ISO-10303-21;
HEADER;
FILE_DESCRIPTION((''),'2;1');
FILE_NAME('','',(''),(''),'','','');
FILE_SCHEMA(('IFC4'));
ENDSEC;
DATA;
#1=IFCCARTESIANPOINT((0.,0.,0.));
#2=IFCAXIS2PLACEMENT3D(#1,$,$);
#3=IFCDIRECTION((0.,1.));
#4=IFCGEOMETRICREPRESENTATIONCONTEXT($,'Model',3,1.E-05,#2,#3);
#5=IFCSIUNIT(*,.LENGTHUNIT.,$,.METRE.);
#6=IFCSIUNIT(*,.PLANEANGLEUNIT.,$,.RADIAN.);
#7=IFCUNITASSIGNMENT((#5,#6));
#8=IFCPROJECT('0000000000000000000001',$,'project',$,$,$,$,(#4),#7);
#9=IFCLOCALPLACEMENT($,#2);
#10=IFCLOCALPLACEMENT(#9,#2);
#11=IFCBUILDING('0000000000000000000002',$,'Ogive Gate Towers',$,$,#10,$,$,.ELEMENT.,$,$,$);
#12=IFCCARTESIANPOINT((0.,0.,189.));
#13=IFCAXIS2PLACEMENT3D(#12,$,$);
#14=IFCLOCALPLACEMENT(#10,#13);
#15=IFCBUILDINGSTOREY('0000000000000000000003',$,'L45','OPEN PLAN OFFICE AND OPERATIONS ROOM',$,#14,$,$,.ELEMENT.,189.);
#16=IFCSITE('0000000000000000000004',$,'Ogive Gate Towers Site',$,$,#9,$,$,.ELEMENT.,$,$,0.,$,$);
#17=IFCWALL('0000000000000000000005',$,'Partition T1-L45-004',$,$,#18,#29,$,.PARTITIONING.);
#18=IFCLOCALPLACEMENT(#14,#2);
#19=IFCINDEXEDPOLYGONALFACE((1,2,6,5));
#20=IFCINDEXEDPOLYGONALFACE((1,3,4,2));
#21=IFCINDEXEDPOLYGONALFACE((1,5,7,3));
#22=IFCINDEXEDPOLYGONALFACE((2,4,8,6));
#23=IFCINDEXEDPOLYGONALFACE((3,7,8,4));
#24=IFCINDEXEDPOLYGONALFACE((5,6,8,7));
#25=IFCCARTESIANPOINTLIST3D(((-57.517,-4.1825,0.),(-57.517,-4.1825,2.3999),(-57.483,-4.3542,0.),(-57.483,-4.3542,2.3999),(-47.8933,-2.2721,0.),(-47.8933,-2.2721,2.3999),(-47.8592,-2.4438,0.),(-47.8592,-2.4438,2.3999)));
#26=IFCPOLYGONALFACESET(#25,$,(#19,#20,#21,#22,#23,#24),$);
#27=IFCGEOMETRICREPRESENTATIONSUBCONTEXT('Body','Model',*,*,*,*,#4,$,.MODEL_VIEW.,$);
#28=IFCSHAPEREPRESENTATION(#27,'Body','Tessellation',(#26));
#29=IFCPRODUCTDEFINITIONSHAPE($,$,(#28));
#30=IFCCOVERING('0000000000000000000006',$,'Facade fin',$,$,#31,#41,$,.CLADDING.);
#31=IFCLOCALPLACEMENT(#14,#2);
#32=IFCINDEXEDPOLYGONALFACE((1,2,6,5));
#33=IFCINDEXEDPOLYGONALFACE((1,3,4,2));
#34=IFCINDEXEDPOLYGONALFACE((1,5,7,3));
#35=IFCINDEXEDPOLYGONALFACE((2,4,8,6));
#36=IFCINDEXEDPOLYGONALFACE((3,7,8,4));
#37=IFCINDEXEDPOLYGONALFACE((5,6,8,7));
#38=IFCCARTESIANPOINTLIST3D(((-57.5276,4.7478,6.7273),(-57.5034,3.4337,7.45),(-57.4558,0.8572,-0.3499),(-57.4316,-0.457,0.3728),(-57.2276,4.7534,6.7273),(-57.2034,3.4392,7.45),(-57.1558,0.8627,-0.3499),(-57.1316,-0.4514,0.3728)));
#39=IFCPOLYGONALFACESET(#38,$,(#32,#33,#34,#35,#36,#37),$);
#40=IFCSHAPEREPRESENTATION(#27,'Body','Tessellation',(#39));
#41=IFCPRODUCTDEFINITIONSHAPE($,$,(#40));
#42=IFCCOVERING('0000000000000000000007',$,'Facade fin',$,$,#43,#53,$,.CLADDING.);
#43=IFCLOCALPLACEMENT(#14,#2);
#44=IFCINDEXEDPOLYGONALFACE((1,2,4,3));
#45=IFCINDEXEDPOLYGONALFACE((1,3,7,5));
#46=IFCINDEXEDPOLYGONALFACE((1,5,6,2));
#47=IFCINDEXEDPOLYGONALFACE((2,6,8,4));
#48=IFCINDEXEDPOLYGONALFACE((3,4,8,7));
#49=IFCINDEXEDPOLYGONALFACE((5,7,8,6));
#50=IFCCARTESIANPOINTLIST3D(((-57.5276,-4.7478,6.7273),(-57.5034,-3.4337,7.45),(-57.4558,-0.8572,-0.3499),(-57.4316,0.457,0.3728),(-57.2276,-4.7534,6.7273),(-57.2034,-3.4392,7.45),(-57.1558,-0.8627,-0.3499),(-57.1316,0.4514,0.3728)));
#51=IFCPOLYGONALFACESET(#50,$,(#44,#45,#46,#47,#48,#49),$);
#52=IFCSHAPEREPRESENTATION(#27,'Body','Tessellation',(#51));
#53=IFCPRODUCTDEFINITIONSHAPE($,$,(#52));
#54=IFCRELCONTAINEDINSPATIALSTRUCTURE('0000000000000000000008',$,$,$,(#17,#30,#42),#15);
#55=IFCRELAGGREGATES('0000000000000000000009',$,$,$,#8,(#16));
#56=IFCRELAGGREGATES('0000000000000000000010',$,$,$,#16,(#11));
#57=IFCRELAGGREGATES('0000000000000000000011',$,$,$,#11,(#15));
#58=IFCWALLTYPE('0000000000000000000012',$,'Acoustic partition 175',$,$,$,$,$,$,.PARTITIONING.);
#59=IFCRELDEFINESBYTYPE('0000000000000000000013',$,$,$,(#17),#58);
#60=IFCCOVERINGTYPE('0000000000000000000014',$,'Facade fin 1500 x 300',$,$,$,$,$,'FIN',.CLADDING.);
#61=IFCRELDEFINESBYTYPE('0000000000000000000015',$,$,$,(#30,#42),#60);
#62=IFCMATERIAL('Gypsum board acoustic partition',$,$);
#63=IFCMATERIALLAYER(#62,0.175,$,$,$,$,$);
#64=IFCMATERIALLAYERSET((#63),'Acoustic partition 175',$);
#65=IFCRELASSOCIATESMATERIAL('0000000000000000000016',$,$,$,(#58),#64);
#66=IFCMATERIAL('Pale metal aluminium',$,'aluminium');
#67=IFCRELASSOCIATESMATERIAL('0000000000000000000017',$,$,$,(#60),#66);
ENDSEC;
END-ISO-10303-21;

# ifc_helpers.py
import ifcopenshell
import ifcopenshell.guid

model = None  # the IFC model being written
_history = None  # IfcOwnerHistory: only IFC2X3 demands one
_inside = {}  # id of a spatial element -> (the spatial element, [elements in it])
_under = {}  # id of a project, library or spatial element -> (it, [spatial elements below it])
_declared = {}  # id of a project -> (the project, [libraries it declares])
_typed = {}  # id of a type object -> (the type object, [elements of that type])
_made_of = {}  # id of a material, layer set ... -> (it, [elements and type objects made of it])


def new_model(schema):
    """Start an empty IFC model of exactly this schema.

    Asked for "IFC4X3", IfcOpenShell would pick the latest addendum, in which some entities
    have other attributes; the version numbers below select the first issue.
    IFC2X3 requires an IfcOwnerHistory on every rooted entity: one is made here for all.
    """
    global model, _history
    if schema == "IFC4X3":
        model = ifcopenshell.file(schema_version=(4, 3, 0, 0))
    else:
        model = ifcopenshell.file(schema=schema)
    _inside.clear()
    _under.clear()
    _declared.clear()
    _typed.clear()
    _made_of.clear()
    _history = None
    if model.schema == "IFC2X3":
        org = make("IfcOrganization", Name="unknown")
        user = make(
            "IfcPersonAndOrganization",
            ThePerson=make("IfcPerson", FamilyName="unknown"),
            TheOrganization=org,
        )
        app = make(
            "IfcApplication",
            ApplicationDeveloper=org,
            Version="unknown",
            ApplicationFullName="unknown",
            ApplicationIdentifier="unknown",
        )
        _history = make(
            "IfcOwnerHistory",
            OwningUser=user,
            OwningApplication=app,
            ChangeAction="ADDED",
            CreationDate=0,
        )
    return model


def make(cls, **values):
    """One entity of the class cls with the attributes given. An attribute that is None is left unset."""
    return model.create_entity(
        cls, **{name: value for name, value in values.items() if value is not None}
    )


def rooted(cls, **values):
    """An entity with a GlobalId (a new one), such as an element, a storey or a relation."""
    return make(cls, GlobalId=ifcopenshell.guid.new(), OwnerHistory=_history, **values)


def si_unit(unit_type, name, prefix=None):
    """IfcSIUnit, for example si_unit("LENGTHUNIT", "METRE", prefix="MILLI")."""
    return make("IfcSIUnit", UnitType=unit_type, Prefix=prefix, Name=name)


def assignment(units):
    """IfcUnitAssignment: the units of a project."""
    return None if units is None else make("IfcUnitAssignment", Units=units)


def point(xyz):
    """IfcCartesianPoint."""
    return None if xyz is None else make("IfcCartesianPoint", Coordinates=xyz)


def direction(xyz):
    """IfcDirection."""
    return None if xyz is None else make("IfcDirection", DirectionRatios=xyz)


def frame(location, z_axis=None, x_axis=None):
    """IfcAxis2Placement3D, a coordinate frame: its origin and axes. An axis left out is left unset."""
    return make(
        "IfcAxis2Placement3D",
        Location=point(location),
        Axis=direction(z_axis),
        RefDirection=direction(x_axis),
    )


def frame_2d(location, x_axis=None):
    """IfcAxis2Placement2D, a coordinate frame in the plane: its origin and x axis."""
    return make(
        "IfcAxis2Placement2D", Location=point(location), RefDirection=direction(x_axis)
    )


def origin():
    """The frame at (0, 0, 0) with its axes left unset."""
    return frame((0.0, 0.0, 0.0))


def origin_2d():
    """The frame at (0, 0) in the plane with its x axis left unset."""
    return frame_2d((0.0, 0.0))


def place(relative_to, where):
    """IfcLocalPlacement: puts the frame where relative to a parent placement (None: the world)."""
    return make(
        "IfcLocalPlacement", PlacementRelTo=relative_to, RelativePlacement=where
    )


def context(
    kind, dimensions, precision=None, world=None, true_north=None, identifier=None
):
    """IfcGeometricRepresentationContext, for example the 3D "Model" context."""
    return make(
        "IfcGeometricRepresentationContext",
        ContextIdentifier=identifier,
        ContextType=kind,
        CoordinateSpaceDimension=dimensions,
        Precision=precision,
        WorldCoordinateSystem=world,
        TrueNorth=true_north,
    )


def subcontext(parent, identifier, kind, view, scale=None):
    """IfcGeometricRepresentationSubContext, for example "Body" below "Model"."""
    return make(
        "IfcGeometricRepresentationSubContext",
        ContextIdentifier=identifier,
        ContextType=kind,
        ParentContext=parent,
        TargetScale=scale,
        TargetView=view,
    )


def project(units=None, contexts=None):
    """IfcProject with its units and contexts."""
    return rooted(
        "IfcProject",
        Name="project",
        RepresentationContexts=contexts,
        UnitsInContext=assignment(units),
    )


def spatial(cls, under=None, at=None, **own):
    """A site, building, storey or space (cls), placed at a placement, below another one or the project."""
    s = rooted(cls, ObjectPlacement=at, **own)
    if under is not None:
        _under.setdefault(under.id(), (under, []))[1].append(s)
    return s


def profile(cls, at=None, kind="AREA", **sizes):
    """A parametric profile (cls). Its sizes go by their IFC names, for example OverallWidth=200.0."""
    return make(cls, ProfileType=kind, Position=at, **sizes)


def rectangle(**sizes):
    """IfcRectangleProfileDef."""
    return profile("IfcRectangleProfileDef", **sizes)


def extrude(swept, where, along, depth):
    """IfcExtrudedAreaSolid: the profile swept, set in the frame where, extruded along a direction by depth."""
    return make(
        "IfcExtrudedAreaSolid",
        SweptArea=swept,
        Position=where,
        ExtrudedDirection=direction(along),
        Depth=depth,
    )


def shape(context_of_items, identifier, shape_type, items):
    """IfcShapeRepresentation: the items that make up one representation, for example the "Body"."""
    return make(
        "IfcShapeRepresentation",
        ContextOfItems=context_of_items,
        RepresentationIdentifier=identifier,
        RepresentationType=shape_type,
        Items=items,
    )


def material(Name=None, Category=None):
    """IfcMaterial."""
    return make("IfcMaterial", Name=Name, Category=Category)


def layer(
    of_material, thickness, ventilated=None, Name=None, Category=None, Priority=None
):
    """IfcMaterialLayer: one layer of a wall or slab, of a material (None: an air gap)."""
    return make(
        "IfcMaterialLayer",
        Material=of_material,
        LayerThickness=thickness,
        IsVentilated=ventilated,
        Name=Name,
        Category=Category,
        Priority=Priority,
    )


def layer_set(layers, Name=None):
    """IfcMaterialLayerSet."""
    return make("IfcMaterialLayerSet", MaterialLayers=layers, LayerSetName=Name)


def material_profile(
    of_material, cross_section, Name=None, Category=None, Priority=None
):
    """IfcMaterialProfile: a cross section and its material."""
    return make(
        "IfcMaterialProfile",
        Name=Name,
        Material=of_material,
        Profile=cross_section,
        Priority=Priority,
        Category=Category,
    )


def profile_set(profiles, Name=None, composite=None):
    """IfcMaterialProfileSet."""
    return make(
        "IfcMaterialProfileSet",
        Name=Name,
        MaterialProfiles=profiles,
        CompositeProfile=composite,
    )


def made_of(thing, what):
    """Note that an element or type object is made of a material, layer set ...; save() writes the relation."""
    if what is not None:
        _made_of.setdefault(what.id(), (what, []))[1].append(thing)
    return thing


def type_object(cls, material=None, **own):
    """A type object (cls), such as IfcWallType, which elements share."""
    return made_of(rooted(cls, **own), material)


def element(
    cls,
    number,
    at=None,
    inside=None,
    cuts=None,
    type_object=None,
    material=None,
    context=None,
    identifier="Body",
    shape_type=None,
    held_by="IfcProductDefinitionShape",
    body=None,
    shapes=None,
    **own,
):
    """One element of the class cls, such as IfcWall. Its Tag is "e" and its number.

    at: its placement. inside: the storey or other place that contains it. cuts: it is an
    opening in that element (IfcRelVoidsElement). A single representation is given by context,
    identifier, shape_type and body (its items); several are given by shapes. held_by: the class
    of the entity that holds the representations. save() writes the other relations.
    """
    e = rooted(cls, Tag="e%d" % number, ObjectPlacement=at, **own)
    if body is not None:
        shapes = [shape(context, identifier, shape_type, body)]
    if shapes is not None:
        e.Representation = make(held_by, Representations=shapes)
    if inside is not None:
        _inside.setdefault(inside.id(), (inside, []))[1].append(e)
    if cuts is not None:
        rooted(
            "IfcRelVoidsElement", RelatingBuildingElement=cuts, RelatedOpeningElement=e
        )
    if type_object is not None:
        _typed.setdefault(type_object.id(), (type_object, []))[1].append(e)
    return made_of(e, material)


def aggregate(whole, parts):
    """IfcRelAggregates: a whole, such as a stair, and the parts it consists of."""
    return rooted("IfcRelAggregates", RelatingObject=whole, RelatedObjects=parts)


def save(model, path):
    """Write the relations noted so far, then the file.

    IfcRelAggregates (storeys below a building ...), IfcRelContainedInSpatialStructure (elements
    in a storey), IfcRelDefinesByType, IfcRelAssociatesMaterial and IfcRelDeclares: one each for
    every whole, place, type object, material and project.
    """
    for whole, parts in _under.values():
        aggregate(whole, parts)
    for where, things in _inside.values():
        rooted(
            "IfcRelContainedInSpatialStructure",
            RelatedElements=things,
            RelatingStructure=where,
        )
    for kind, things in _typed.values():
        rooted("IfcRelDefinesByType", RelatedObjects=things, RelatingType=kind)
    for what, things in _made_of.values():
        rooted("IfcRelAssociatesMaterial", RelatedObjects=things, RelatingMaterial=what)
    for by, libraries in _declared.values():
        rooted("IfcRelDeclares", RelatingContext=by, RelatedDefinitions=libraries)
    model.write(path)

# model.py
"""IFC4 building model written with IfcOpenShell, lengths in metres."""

from ifc_helpers import new_model, si_unit, direction, frame, frame_2d, origin, origin_2d, place, context, subcontext, project, spatial, rectangle, extrude, material, layer, layer_set, material_profile, profile_set, type_object, element, save


model = new_model("IFC4")

# Units and contexts
model_context = context("Model", 3, precision=1e-05, world=origin(), true_north=direction((0.0, 1.0)))
body_context = subcontext(model_context, "Body", "Model", "MODEL_VIEW")
ifc_project = project(units=[si_unit("LENGTHUNIT", "METRE"), si_unit("PLANEANGLEUNIT", "RADIAN")], contexts=[model_context])

# Site, building, storey
site_placement = place(None, origin())
site = spatial("IfcSite", under=ifc_project, at=site_placement, Name="Ogive Gate Towers Site", CompositionType="ELEMENT", RefElevation=0.0)
building_placement = place(site_placement, origin())
building = spatial("IfcBuilding", under=site, at=building_placement, Name="Ogive Gate Towers", CompositionType="ELEMENT")
storey_placement = place(building_placement, frame((0.0, 0.0, 189.0)))
storey = spatial("IfcBuildingStorey", under=building, at=storey_placement, Name="L45", Description="OPEN PLAN OFFICE AND OPERATIONS ROOM", CompositionType="ELEMENT", Elevation=189.0)

# Shared definitions
ifc_material_1 = material(Name="Pale metal aluminium", Category="aluminium")

# Wall
ifc_material_2 = material(Name="Gypsum board acoustic partition")
ifc_layer_1 = layer(ifc_material_2, 0.175)
ifc_layer_set_1 = layer_set([ifc_layer_1], Name="Acoustic partition 175")
wall_type = type_object("IfcWallType", Name="Acoustic partition 175", PredefinedType="PARTITIONING", material=ifc_layer_set_1)
wall_placement = place(storey_placement, frame((-57.5, -4.2683, 0.0), z_axis=(0.0, 0.0, 1.0), x_axis=(0.980861, 0.194709, 0.0)))
element("IfcWall", 1, at=wall_placement, inside=storey, type_object=wall_type, Name="Partition T1-L45-004", PredefinedType="PARTITIONING", context=body_context, shape_type="SweptSolid", body=[
    extrude(rectangle(XDim=9.8115, YDim=0.175, at=frame_2d((4.9058, 0.0))), origin(), (0.0, 0.0, 1.0), 2.3999),
])

# Coverings
ifc_material_profile_1 = material_profile(ifc_material_1, rectangle(XDim=0.3, YDim=1.5, at=origin_2d()), Name="1500 x 300 pale metal aluminium")
ifc_profile_set_1 = profile_set([ifc_material_profile_1], Name="Pale metal aluminium")
covering_type = type_object("IfcCoveringType", Name="Facade fin 1500 x 300", ElementType="FIN", PredefinedType="CLADDING", material=ifc_profile_set_1)
for number, where, z_axis, x_axis, name in (
    (2, (-57.2937, 0.2029, 0.0115), (-0.008887, 0.481728, 0.876276), (-0.99983, -0.018446, 0.0), "Facade fin"),
    (3, (-57.2937, -0.2029, 0.0115), (-0.008887, -0.481728, 0.876276), (0.99983, -0.018446, 0.0), "Facade fin"),
):
    element("IfcCovering", number, at=place(storey_placement, frame(where, z_axis=z_axis, x_axis=x_axis)), inside=storey, type_object=covering_type, Name=name, PredefinedType="CLADDING", context=body_context, shape_type="SweptSolid", body=[
        extrude(rectangle(XDim=0.3, YDim=1.5, at=origin_2d()), origin(), (0.0, 0.0, 1.0), 8.0764),
    ])

save(model, "model.ifc")
